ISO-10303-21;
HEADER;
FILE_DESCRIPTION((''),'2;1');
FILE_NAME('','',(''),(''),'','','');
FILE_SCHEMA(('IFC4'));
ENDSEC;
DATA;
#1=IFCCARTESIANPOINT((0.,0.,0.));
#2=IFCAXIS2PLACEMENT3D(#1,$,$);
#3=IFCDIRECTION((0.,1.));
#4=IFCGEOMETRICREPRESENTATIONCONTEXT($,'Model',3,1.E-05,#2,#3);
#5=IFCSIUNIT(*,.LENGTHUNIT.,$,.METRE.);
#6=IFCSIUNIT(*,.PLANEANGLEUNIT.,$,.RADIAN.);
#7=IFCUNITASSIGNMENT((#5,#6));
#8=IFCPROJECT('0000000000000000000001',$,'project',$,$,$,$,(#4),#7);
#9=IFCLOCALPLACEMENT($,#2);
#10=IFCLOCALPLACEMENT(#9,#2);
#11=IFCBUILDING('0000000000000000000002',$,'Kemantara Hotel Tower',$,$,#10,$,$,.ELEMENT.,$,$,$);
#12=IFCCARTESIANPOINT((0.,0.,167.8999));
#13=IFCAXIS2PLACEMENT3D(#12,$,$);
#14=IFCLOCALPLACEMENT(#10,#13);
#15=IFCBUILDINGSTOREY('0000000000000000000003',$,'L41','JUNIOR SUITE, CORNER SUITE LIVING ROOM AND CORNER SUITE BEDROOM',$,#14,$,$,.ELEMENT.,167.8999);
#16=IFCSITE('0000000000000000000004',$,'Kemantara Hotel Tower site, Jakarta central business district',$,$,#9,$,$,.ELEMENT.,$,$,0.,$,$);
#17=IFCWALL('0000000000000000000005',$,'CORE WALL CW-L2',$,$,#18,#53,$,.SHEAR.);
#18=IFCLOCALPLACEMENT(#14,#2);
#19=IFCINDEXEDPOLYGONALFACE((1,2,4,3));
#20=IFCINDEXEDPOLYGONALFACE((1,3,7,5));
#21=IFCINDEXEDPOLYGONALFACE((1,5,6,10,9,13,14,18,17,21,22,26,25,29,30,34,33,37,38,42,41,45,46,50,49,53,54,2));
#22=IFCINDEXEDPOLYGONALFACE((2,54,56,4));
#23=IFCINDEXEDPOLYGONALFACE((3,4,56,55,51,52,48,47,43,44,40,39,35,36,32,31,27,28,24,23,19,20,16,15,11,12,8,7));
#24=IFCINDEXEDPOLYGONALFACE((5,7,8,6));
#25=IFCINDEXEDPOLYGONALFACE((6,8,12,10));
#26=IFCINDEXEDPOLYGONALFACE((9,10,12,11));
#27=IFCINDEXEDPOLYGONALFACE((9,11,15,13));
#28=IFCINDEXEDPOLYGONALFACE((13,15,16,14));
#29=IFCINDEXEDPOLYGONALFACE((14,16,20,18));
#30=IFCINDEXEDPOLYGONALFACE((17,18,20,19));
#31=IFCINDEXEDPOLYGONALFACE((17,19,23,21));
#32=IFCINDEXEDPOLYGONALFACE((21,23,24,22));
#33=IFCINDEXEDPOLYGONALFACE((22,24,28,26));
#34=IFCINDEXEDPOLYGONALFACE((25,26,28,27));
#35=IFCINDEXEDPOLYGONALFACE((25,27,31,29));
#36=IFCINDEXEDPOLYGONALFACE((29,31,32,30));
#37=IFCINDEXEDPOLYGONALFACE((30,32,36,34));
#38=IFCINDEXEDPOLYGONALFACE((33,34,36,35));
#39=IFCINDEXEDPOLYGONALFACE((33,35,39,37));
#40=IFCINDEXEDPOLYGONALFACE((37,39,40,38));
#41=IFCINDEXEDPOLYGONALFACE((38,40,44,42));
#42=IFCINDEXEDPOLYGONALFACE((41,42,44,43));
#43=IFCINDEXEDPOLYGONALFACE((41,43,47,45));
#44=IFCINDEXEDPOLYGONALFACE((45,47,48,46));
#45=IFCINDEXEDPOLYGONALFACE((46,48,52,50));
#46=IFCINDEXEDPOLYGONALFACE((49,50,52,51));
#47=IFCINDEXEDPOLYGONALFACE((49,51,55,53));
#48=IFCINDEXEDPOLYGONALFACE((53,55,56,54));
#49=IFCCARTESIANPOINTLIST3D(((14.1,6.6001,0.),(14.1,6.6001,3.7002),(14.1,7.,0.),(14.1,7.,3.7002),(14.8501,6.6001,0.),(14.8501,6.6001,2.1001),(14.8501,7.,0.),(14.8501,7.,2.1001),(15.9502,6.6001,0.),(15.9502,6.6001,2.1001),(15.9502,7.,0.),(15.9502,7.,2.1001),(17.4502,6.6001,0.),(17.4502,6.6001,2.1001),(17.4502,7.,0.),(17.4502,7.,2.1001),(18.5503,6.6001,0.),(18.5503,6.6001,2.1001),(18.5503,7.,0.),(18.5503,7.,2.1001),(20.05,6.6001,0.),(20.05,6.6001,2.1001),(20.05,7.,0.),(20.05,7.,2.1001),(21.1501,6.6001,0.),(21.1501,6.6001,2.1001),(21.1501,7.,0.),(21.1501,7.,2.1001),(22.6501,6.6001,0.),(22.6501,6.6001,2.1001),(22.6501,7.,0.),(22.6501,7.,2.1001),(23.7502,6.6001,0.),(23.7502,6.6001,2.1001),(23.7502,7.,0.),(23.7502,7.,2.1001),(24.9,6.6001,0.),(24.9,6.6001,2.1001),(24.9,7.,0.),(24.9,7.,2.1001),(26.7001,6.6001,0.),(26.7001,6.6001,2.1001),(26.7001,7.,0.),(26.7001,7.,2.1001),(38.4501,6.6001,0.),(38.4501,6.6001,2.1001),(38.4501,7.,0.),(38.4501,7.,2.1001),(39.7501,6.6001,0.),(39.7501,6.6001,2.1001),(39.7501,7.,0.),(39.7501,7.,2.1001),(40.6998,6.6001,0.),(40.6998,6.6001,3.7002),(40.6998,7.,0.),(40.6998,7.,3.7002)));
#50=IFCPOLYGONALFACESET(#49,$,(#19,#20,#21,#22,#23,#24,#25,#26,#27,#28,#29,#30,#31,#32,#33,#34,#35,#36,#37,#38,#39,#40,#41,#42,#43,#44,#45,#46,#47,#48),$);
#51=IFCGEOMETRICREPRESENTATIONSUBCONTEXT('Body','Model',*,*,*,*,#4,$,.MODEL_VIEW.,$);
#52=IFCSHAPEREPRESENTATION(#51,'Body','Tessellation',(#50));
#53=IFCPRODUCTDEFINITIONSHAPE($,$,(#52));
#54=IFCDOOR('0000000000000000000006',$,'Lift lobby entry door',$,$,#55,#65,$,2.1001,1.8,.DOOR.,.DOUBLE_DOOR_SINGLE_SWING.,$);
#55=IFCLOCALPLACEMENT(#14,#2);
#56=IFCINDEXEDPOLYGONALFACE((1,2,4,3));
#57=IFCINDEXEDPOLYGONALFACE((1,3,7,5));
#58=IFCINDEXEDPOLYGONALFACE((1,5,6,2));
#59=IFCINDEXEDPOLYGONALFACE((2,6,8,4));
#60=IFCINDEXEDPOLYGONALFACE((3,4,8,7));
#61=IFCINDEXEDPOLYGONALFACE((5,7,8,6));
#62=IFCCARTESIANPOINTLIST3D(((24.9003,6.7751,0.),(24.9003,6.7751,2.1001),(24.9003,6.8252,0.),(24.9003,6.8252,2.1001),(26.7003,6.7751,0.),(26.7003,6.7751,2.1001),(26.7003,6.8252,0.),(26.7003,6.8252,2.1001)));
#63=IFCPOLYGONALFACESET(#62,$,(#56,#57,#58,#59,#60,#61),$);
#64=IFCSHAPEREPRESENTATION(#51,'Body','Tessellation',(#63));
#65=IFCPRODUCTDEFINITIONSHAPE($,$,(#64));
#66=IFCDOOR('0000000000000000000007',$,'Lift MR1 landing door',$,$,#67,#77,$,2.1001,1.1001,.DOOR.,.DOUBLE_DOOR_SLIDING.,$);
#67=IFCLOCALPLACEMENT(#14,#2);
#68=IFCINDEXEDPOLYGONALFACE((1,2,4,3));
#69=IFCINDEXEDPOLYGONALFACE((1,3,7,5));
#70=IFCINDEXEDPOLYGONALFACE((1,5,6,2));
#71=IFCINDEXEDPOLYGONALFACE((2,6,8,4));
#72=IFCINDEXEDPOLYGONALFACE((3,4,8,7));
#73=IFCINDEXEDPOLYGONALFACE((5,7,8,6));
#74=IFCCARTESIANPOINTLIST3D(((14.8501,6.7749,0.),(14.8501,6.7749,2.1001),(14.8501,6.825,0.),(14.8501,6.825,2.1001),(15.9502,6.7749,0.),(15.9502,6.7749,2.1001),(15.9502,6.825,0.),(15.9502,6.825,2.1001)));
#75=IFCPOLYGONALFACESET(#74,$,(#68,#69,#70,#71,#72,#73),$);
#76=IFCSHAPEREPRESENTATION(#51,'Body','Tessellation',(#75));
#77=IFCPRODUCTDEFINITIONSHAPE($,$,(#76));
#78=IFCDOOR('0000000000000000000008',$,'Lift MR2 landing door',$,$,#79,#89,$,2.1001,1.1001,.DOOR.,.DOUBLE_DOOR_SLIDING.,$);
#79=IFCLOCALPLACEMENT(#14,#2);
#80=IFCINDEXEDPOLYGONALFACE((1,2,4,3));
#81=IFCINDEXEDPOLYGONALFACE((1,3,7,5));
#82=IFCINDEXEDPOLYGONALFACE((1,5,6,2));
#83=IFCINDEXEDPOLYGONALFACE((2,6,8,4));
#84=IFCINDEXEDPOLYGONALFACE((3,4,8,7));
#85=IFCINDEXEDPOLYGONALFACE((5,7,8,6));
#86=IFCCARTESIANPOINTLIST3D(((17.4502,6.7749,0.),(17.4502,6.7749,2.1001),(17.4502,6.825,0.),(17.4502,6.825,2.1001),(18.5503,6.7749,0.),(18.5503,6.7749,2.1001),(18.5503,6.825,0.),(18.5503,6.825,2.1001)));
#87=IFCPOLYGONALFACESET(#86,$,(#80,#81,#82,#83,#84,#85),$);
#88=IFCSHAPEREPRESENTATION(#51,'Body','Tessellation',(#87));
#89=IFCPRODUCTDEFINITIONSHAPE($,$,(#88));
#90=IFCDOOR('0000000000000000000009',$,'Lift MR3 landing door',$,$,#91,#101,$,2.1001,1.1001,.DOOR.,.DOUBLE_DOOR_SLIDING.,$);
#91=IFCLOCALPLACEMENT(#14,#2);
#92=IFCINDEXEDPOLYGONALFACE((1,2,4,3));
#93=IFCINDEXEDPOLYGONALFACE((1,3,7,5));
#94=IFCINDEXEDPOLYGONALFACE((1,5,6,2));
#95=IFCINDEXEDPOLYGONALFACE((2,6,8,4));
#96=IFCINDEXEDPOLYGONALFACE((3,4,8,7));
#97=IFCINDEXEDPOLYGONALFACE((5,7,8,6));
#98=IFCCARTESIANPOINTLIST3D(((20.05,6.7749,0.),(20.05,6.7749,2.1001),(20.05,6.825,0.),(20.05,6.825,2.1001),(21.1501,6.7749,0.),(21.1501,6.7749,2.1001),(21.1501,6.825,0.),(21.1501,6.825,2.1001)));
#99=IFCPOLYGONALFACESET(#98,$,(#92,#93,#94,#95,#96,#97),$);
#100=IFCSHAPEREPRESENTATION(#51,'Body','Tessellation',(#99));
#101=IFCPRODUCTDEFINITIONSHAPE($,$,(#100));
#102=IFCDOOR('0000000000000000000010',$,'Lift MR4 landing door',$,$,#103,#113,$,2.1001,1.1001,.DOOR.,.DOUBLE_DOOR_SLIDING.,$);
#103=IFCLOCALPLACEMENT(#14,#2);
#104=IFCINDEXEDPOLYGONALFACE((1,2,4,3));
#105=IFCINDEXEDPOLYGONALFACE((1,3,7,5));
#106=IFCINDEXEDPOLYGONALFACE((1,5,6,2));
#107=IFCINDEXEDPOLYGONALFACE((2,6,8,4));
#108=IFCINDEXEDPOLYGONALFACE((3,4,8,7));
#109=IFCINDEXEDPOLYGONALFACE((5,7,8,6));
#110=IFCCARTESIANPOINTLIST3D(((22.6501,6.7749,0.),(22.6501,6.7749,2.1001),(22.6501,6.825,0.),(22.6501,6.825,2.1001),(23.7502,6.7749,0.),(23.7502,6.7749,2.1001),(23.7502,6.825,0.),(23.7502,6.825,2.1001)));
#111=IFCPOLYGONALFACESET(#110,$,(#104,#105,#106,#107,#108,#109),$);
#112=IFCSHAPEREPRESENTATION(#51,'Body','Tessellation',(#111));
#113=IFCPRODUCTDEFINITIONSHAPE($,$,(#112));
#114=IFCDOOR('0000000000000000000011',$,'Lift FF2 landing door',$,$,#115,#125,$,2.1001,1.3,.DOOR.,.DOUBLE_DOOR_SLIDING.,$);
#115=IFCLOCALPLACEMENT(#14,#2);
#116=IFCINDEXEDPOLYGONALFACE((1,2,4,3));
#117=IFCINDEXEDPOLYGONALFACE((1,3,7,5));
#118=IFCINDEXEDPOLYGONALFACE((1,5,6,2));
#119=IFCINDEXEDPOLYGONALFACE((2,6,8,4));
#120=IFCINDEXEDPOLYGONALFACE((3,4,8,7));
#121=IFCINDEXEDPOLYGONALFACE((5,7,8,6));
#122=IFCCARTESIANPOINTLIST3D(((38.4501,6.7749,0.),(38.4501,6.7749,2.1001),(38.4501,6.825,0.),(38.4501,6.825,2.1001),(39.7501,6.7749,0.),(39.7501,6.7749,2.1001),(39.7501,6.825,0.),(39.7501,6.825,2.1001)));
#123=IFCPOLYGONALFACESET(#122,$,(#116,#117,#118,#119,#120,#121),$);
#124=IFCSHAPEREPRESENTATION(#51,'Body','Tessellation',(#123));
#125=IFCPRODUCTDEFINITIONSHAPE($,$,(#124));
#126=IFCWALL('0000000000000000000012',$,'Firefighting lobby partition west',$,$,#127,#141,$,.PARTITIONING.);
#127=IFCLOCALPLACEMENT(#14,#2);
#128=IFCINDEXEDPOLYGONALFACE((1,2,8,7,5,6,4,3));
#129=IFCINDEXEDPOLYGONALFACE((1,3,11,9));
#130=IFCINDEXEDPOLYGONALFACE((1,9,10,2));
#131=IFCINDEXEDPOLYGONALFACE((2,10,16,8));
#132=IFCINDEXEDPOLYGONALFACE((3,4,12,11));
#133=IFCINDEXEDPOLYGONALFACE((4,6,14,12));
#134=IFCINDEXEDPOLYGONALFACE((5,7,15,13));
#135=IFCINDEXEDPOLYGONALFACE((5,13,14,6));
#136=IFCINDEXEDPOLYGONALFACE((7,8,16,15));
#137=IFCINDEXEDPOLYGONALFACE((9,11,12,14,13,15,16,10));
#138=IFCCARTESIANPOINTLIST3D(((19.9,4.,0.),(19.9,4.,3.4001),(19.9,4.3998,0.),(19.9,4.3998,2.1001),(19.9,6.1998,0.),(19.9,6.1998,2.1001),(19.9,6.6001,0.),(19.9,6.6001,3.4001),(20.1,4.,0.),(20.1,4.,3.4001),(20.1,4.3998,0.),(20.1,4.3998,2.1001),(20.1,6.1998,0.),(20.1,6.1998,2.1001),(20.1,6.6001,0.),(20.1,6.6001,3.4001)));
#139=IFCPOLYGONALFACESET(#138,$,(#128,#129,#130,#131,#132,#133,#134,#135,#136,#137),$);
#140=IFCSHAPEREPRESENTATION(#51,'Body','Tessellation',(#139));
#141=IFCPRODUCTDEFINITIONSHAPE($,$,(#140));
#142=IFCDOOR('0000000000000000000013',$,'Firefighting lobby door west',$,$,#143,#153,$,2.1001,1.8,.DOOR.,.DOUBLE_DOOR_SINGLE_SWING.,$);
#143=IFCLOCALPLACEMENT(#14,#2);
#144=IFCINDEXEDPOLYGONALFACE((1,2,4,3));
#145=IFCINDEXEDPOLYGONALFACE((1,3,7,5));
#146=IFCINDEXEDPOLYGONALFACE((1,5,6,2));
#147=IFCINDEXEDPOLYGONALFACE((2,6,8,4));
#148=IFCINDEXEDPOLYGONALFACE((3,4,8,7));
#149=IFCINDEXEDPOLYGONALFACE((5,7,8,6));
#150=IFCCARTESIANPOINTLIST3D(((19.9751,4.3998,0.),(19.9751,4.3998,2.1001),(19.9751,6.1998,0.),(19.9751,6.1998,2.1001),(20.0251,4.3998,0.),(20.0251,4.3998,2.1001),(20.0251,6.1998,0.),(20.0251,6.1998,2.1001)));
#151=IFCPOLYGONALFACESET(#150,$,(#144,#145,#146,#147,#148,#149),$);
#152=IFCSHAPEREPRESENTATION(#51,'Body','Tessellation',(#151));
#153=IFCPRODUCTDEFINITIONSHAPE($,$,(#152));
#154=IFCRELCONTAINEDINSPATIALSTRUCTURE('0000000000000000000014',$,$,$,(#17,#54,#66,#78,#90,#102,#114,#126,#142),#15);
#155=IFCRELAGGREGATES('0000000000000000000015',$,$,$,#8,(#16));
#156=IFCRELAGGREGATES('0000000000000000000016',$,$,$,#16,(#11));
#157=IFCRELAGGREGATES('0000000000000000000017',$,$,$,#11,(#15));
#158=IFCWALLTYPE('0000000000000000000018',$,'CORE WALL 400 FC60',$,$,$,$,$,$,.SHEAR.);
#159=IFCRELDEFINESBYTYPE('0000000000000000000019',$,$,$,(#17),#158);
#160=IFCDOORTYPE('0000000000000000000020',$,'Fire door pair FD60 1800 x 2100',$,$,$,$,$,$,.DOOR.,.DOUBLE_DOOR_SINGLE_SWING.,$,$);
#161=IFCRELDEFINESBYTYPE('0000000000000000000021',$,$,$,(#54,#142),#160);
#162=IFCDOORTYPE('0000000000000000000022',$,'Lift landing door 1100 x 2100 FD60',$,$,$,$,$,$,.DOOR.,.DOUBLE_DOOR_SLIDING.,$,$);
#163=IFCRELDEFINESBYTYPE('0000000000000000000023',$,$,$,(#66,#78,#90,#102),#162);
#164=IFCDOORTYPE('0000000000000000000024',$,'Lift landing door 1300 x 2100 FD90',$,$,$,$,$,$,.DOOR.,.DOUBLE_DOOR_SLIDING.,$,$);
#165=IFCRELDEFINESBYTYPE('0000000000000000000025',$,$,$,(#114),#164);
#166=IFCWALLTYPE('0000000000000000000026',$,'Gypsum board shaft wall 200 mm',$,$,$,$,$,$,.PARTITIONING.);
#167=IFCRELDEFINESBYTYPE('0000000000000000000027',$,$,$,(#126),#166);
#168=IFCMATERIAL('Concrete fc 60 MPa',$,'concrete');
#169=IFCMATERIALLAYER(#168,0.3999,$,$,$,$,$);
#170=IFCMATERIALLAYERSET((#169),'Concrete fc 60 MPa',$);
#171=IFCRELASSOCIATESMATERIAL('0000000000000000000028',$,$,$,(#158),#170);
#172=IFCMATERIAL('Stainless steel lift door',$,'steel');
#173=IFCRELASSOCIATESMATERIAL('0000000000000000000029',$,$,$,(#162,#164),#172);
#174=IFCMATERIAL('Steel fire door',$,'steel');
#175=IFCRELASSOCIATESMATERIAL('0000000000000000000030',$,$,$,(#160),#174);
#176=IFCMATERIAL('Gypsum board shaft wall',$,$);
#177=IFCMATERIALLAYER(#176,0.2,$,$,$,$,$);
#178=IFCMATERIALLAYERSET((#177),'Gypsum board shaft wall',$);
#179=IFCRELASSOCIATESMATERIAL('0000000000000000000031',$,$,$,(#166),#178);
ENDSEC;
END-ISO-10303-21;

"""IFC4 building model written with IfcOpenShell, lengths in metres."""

from ifc_helpers import new_model, si_unit, direction, frame, frame_2d, origin, place, context, subcontext, project, spatial, rectangle, extrude, material, layer, layer_set, type_object, element, fill, save


model = new_model("IFC4")

# Units and contexts
model_context = context("Model", 3, precision=1e-05, world=origin(), true_north=direction((0.0, 1.0)))
body_context = subcontext(model_context, "Body", "Model", "MODEL_VIEW")
ifc_project = project(units=[si_unit("LENGTHUNIT", "METRE"), si_unit("PLANEANGLEUNIT", "RADIAN")], contexts=[model_context])

# Site, building, storey
site_placement = place(None, origin())
site = spatial("IfcSite", under=ifc_project, at=site_placement, Name="Kemantara Hotel Tower site, Jakarta central business district", CompositionType="ELEMENT", RefElevation=0.0)
building_placement = place(site_placement, origin())
building = spatial("IfcBuilding", under=site, at=building_placement, Name="Kemantara Hotel Tower", CompositionType="ELEMENT")
storey_placement = place(building_placement, frame((0.0, 0.0, 167.8999)))
storey = spatial("IfcBuildingStorey", under=building, at=storey_placement, Name="L41", Description="JUNIOR SUITE, CORNER SUITE LIVING ROOM AND CORNER SUITE BEDROOM", CompositionType="ELEMENT", Elevation=167.8999)

# Shared definitions
ifc_material_1 = material(Name="Concrete fc 60 MPa", Category="concrete")
ifc_layer_1 = layer(ifc_material_1, 0.3999)
ifc_layer_set_1 = layer_set([ifc_layer_1], Name="Concrete fc 60 MPa")
wall_type_1 = type_object("IfcWallType", Name="CORE WALL 400 FC60", PredefinedType="SHEAR", material=ifc_layer_set_1)

# Wall, openings, doors
ifc_material_2 = material(Name="Steel fire door", Category="steel")
ifc_material_3 = material(Name="Stainless steel lift door", Category="steel")
door_type_1 = type_object("IfcDoorType", Name="Lift landing door 1100 x 2100 FD60", OperationType="DOUBLE_DOOR_SLIDING", PredefinedType="DOOR", material=ifc_material_3)
door_type_2 = type_object("IfcDoorType", Name="Lift landing door 1300 x 2100 FD90", OperationType="DOUBLE_DOOR_SLIDING", PredefinedType="DOOR", material=ifc_material_3)
wall_1_placement = place(storey_placement, frame((14.1001, 6.8, 0.0), z_axis=(0.0, 0.0, 1.0), x_axis=(1.0, 0.0, 0.0)))
wall_1 = element("IfcWall", 1, at=wall_1_placement, inside=storey, type_object=wall_type_1, Name="CORE WALL CW-L2", PredefinedType="SHEAR", context=body_context, shape_type="SweptSolid", body=[
    extrude(rectangle(XDim=26.5999, YDim=0.3999, at=frame_2d((13.2998, 0.0))), origin(), (0.0, 0.0, 1.0), 3.7002),
])
opening_1_placement = place(wall_1_placement, frame((10.8, 0.0, 0.0)))
opening_1 = element("IfcOpeningElement", 2, at=opening_1_placement, cuts=wall_1, PredefinedType="OPENING", context=body_context, shape_type="SweptSolid", body=[
    extrude(rectangle(XDim=1.8, YDim=2.1001, at=frame_2d((0.8999, 1.05))), frame((0.0, 0.21, 0.0), z_axis=(0.0, -1.0, 0.0), x_axis=(1.0, 0.0, 0.0)), (0.0, 0.0, 1.0), 0.4199),
])
opening_2_placement = place(wall_1_placement, frame((0.75, 0.0, 0.0)))
opening_2 = element("IfcOpeningElement", 3, at=opening_2_placement, cuts=wall_1, PredefinedType="OPENING", context=body_context, shape_type="SweptSolid", body=[
    extrude(rectangle(XDim=1.1001, YDim=2.1001, at=frame_2d((0.55, 1.05))), frame((0.0, 0.21, 0.0), z_axis=(0.0, -1.0, 0.0), x_axis=(1.0, 0.0, 0.0)), (0.0, 0.0, 1.0), 0.4199),
])
opening_3_placement = place(wall_1_placement, frame((3.3501, 0.0, 0.0)))
opening_3 = element("IfcOpeningElement", 4, at=opening_3_placement, cuts=wall_1, PredefinedType="OPENING", context=body_context, shape_type="SweptSolid", body=[
    extrude(rectangle(XDim=1.1001, YDim=2.1001, at=frame_2d((0.55, 1.05))), frame((0.0, 0.21, 0.0), z_axis=(0.0, -1.0, 0.0), x_axis=(1.0, 0.0, 0.0)), (0.0, 0.0, 1.0), 0.4199),
])
opening_4_placement = place(wall_1_placement, frame((5.95, 0.0, 0.0)))
opening_4 = element("IfcOpeningElement", 5, at=opening_4_placement, cuts=wall_1, PredefinedType="OPENING", context=body_context, shape_type="SweptSolid", body=[
    extrude(rectangle(XDim=1.1001, YDim=2.1001, at=frame_2d((0.55, 1.05))), frame((0.0, 0.21, 0.0), z_axis=(0.0, -1.0, 0.0), x_axis=(1.0, 0.0, 0.0)), (0.0, 0.0, 1.0), 0.4199),
])
opening_5_placement = place(wall_1_placement, frame((8.55, 0.0, 0.0)))
opening_5 = element("IfcOpeningElement", 6, at=opening_5_placement, cuts=wall_1, PredefinedType="OPENING", context=body_context, shape_type="SweptSolid", body=[
    extrude(rectangle(XDim=1.1001, YDim=2.1001, at=frame_2d((0.55, 1.05))), frame((0.0, 0.21, 0.0), z_axis=(0.0, -1.0, 0.0), x_axis=(1.0, 0.0, 0.0)), (0.0, 0.0, 1.0), 0.4199),
])
opening_6_placement = place(wall_1_placement, frame((24.3501, 0.0, 0.0)))
opening_6 = element("IfcOpeningElement", 7, at=opening_6_placement, cuts=wall_1, PredefinedType="OPENING", context=body_context, shape_type="SweptSolid", body=[
    extrude(rectangle(XDim=1.3, YDim=2.1001, at=frame_2d((0.6499, 1.05))), frame((0.0, 0.21, 0.0), z_axis=(0.0, -1.0, 0.0), x_axis=(1.0, 0.0, 0.0)), (0.0, 0.0, 1.0), 0.4199),
])
door_type_3 = type_object("IfcDoorType", Name="Fire door pair FD60 1800 x 2100", OperationType="DOUBLE_DOOR_SINGLE_SWING", PredefinedType="DOOR", material=ifc_material_2)
door_1_placement = place(opening_1_placement, frame((1.8, 0.0, 0.0), z_axis=(0.0, 0.0, 1.0), x_axis=(-1.0, 0.0, 0.0)))
door_1 = element("IfcDoor", 8, at=door_1_placement, inside=storey, type_object=door_type_3, Name="Lift lobby entry door", OperationType="DOUBLE_DOOR_SINGLE_SWING", OverallHeight=2.1001, OverallWidth=1.8, PredefinedType="DOOR", context=body_context, shape_type="SweptSolid", body=[
    extrude(rectangle(XDim=1.8, YDim=2.1001, at=frame_2d((0.8999, 1.05))), frame((0.0, 0.0249, 0.0), z_axis=(0.0, -1.0, 0.0), x_axis=(1.0, 0.0, 0.0)), (0.0, 0.0, 1.0), 0.05),
])
fill(opening_1, door_1)
door_2_placement = place(opening_2_placement, origin())
door_2 = element("IfcDoor", 9, at=door_2_placement, inside=storey, type_object=door_type_1, Name="Lift MR1 landing door", OperationType="DOUBLE_DOOR_SLIDING", OverallHeight=2.1001, OverallWidth=1.1001, PredefinedType="DOOR", context=body_context, shape_type="SweptSolid", body=[
    extrude(rectangle(XDim=1.1001, YDim=2.1001, at=frame_2d((0.55, 1.05))), frame((0.0, 0.0249, 0.0), z_axis=(0.0, -1.0, 0.0), x_axis=(1.0, 0.0, 0.0)), (0.0, 0.0, 1.0), 0.05),
])
fill(opening_2, door_2)
door_3_placement = place(opening_3_placement, origin())
door_3 = element("IfcDoor", 10, at=door_3_placement, inside=storey, type_object=door_type_1, Name="Lift MR2 landing door", OperationType="DOUBLE_DOOR_SLIDING", OverallHeight=2.1001, OverallWidth=1.1001, PredefinedType="DOOR", context=body_context, shape_type="SweptSolid", body=[
    extrude(rectangle(XDim=1.1001, YDim=2.1001, at=frame_2d((0.55, 1.05))), frame((0.0, 0.0249, 0.0), z_axis=(0.0, -1.0, 0.0), x_axis=(1.0, 0.0, 0.0)), (0.0, 0.0, 1.0), 0.05),
])
fill(opening_3, door_3)
door_4_placement = place(opening_4_placement, origin())
door_4 = element("IfcDoor", 11, at=door_4_placement, inside=storey, type_object=door_type_1, Name="Lift MR3 landing door", OperationType="DOUBLE_DOOR_SLIDING", OverallHeight=2.1001, OverallWidth=1.1001, PredefinedType="DOOR", context=body_context, shape_type="SweptSolid", body=[
    extrude(rectangle(XDim=1.1001, YDim=2.1001, at=frame_2d((0.55, 1.05))), frame((0.0, 0.0249, 0.0), z_axis=(0.0, -1.0, 0.0), x_axis=(1.0, 0.0, 0.0)), (0.0, 0.0, 1.0), 0.05),
])
fill(opening_4, door_4)
door_5_placement = place(opening_5_placement, origin())
door_5 = element("IfcDoor", 12, at=door_5_placement, inside=storey, type_object=door_type_1, Name="Lift MR4 landing door", OperationType="DOUBLE_DOOR_SLIDING", OverallHeight=2.1001, OverallWidth=1.1001, PredefinedType="DOOR", context=body_context, shape_type="SweptSolid", body=[
    extrude(rectangle(XDim=1.1001, YDim=2.1001, at=frame_2d((0.55, 1.05))), frame((0.0, 0.0249, 0.0), z_axis=(0.0, -1.0, 0.0), x_axis=(1.0, 0.0, 0.0)), (0.0, 0.0, 1.0), 0.05),
])
fill(opening_5, door_5)
door_6_placement = place(opening_6_placement, origin())
door_6 = element("IfcDoor", 13, at=door_6_placement, inside=storey, type_object=door_type_2, Name="Lift FF2 landing door", OperationType="DOUBLE_DOOR_SLIDING", OverallHeight=2.1001, OverallWidth=1.3, PredefinedType="DOOR", context=body_context, shape_type="SweptSolid", body=[
    extrude(rectangle(XDim=1.3, YDim=2.1001, at=frame_2d((0.6499, 1.05))), frame((0.0, 0.0249, 0.0), z_axis=(0.0, -1.0, 0.0), x_axis=(1.0, 0.0, 0.0)), (0.0, 0.0, 1.0), 0.05),
])
fill(opening_6, door_6)

# Wall, opening, door
ifc_material_4 = material(Name="Gypsum board shaft wall")
ifc_layer_2 = layer(ifc_material_4, 0.2)
ifc_layer_set_2 = layer_set([ifc_layer_2], Name="Gypsum board shaft wall")
wall_type_2 = type_object("IfcWallType", Name="Gypsum board shaft wall 200 mm", PredefinedType="PARTITIONING", material=ifc_layer_set_2)
wall_2_placement = place(storey_placement, frame((20.0, 4.0, 0.0), z_axis=(0.0, 0.0, 1.0), x_axis=(0.0, 1.0, 0.0)))
wall_2 = element("IfcWall", 14, at=wall_2_placement, inside=storey, type_object=wall_type_2, Name="Firefighting lobby partition west", PredefinedType="PARTITIONING", context=body_context, shape_type="SweptSolid", body=[
    extrude(rectangle(XDim=2.6001, YDim=0.2, at=frame_2d((1.3, 0.0))), origin(), (0.0, 0.0, 1.0), 3.4001),
])
opening_7_placement = place(wall_2_placement, frame((0.3999, 0.0, 0.0)))
opening_7 = element("IfcOpeningElement", 15, at=opening_7_placement, cuts=wall_2, PredefinedType="OPENING", context=body_context, shape_type="SweptSolid", body=[
    extrude(rectangle(XDim=1.8, YDim=2.1001, at=frame_2d((0.8999, 1.05))), frame((0.0, 0.1099, 0.0), z_axis=(0.0, -1.0, 0.0), x_axis=(1.0, 0.0, 0.0)), (0.0, 0.0, 1.0), 0.22),
])
door_7_placement = place(opening_7_placement, origin())
door_7 = element("IfcDoor", 16, at=door_7_placement, inside=storey, type_object=door_type_3, Name="Firefighting lobby door west", OperationType="DOUBLE_DOOR_SINGLE_SWING", OverallHeight=2.1001, OverallWidth=1.8, PredefinedType="DOOR", context=body_context, shape_type="SweptSolid", body=[
    extrude(rectangle(XDim=1.8, YDim=2.1001, at=frame_2d((0.8999, 1.05))), frame((0.0, 0.0249, 0.0), z_axis=(0.0, -1.0, 0.0), x_axis=(1.0, 0.0, 0.0)), (0.0, 0.0, 1.0), 0.05),
])
fill(opening_7, door_7)

save(model, "model.ifc")
